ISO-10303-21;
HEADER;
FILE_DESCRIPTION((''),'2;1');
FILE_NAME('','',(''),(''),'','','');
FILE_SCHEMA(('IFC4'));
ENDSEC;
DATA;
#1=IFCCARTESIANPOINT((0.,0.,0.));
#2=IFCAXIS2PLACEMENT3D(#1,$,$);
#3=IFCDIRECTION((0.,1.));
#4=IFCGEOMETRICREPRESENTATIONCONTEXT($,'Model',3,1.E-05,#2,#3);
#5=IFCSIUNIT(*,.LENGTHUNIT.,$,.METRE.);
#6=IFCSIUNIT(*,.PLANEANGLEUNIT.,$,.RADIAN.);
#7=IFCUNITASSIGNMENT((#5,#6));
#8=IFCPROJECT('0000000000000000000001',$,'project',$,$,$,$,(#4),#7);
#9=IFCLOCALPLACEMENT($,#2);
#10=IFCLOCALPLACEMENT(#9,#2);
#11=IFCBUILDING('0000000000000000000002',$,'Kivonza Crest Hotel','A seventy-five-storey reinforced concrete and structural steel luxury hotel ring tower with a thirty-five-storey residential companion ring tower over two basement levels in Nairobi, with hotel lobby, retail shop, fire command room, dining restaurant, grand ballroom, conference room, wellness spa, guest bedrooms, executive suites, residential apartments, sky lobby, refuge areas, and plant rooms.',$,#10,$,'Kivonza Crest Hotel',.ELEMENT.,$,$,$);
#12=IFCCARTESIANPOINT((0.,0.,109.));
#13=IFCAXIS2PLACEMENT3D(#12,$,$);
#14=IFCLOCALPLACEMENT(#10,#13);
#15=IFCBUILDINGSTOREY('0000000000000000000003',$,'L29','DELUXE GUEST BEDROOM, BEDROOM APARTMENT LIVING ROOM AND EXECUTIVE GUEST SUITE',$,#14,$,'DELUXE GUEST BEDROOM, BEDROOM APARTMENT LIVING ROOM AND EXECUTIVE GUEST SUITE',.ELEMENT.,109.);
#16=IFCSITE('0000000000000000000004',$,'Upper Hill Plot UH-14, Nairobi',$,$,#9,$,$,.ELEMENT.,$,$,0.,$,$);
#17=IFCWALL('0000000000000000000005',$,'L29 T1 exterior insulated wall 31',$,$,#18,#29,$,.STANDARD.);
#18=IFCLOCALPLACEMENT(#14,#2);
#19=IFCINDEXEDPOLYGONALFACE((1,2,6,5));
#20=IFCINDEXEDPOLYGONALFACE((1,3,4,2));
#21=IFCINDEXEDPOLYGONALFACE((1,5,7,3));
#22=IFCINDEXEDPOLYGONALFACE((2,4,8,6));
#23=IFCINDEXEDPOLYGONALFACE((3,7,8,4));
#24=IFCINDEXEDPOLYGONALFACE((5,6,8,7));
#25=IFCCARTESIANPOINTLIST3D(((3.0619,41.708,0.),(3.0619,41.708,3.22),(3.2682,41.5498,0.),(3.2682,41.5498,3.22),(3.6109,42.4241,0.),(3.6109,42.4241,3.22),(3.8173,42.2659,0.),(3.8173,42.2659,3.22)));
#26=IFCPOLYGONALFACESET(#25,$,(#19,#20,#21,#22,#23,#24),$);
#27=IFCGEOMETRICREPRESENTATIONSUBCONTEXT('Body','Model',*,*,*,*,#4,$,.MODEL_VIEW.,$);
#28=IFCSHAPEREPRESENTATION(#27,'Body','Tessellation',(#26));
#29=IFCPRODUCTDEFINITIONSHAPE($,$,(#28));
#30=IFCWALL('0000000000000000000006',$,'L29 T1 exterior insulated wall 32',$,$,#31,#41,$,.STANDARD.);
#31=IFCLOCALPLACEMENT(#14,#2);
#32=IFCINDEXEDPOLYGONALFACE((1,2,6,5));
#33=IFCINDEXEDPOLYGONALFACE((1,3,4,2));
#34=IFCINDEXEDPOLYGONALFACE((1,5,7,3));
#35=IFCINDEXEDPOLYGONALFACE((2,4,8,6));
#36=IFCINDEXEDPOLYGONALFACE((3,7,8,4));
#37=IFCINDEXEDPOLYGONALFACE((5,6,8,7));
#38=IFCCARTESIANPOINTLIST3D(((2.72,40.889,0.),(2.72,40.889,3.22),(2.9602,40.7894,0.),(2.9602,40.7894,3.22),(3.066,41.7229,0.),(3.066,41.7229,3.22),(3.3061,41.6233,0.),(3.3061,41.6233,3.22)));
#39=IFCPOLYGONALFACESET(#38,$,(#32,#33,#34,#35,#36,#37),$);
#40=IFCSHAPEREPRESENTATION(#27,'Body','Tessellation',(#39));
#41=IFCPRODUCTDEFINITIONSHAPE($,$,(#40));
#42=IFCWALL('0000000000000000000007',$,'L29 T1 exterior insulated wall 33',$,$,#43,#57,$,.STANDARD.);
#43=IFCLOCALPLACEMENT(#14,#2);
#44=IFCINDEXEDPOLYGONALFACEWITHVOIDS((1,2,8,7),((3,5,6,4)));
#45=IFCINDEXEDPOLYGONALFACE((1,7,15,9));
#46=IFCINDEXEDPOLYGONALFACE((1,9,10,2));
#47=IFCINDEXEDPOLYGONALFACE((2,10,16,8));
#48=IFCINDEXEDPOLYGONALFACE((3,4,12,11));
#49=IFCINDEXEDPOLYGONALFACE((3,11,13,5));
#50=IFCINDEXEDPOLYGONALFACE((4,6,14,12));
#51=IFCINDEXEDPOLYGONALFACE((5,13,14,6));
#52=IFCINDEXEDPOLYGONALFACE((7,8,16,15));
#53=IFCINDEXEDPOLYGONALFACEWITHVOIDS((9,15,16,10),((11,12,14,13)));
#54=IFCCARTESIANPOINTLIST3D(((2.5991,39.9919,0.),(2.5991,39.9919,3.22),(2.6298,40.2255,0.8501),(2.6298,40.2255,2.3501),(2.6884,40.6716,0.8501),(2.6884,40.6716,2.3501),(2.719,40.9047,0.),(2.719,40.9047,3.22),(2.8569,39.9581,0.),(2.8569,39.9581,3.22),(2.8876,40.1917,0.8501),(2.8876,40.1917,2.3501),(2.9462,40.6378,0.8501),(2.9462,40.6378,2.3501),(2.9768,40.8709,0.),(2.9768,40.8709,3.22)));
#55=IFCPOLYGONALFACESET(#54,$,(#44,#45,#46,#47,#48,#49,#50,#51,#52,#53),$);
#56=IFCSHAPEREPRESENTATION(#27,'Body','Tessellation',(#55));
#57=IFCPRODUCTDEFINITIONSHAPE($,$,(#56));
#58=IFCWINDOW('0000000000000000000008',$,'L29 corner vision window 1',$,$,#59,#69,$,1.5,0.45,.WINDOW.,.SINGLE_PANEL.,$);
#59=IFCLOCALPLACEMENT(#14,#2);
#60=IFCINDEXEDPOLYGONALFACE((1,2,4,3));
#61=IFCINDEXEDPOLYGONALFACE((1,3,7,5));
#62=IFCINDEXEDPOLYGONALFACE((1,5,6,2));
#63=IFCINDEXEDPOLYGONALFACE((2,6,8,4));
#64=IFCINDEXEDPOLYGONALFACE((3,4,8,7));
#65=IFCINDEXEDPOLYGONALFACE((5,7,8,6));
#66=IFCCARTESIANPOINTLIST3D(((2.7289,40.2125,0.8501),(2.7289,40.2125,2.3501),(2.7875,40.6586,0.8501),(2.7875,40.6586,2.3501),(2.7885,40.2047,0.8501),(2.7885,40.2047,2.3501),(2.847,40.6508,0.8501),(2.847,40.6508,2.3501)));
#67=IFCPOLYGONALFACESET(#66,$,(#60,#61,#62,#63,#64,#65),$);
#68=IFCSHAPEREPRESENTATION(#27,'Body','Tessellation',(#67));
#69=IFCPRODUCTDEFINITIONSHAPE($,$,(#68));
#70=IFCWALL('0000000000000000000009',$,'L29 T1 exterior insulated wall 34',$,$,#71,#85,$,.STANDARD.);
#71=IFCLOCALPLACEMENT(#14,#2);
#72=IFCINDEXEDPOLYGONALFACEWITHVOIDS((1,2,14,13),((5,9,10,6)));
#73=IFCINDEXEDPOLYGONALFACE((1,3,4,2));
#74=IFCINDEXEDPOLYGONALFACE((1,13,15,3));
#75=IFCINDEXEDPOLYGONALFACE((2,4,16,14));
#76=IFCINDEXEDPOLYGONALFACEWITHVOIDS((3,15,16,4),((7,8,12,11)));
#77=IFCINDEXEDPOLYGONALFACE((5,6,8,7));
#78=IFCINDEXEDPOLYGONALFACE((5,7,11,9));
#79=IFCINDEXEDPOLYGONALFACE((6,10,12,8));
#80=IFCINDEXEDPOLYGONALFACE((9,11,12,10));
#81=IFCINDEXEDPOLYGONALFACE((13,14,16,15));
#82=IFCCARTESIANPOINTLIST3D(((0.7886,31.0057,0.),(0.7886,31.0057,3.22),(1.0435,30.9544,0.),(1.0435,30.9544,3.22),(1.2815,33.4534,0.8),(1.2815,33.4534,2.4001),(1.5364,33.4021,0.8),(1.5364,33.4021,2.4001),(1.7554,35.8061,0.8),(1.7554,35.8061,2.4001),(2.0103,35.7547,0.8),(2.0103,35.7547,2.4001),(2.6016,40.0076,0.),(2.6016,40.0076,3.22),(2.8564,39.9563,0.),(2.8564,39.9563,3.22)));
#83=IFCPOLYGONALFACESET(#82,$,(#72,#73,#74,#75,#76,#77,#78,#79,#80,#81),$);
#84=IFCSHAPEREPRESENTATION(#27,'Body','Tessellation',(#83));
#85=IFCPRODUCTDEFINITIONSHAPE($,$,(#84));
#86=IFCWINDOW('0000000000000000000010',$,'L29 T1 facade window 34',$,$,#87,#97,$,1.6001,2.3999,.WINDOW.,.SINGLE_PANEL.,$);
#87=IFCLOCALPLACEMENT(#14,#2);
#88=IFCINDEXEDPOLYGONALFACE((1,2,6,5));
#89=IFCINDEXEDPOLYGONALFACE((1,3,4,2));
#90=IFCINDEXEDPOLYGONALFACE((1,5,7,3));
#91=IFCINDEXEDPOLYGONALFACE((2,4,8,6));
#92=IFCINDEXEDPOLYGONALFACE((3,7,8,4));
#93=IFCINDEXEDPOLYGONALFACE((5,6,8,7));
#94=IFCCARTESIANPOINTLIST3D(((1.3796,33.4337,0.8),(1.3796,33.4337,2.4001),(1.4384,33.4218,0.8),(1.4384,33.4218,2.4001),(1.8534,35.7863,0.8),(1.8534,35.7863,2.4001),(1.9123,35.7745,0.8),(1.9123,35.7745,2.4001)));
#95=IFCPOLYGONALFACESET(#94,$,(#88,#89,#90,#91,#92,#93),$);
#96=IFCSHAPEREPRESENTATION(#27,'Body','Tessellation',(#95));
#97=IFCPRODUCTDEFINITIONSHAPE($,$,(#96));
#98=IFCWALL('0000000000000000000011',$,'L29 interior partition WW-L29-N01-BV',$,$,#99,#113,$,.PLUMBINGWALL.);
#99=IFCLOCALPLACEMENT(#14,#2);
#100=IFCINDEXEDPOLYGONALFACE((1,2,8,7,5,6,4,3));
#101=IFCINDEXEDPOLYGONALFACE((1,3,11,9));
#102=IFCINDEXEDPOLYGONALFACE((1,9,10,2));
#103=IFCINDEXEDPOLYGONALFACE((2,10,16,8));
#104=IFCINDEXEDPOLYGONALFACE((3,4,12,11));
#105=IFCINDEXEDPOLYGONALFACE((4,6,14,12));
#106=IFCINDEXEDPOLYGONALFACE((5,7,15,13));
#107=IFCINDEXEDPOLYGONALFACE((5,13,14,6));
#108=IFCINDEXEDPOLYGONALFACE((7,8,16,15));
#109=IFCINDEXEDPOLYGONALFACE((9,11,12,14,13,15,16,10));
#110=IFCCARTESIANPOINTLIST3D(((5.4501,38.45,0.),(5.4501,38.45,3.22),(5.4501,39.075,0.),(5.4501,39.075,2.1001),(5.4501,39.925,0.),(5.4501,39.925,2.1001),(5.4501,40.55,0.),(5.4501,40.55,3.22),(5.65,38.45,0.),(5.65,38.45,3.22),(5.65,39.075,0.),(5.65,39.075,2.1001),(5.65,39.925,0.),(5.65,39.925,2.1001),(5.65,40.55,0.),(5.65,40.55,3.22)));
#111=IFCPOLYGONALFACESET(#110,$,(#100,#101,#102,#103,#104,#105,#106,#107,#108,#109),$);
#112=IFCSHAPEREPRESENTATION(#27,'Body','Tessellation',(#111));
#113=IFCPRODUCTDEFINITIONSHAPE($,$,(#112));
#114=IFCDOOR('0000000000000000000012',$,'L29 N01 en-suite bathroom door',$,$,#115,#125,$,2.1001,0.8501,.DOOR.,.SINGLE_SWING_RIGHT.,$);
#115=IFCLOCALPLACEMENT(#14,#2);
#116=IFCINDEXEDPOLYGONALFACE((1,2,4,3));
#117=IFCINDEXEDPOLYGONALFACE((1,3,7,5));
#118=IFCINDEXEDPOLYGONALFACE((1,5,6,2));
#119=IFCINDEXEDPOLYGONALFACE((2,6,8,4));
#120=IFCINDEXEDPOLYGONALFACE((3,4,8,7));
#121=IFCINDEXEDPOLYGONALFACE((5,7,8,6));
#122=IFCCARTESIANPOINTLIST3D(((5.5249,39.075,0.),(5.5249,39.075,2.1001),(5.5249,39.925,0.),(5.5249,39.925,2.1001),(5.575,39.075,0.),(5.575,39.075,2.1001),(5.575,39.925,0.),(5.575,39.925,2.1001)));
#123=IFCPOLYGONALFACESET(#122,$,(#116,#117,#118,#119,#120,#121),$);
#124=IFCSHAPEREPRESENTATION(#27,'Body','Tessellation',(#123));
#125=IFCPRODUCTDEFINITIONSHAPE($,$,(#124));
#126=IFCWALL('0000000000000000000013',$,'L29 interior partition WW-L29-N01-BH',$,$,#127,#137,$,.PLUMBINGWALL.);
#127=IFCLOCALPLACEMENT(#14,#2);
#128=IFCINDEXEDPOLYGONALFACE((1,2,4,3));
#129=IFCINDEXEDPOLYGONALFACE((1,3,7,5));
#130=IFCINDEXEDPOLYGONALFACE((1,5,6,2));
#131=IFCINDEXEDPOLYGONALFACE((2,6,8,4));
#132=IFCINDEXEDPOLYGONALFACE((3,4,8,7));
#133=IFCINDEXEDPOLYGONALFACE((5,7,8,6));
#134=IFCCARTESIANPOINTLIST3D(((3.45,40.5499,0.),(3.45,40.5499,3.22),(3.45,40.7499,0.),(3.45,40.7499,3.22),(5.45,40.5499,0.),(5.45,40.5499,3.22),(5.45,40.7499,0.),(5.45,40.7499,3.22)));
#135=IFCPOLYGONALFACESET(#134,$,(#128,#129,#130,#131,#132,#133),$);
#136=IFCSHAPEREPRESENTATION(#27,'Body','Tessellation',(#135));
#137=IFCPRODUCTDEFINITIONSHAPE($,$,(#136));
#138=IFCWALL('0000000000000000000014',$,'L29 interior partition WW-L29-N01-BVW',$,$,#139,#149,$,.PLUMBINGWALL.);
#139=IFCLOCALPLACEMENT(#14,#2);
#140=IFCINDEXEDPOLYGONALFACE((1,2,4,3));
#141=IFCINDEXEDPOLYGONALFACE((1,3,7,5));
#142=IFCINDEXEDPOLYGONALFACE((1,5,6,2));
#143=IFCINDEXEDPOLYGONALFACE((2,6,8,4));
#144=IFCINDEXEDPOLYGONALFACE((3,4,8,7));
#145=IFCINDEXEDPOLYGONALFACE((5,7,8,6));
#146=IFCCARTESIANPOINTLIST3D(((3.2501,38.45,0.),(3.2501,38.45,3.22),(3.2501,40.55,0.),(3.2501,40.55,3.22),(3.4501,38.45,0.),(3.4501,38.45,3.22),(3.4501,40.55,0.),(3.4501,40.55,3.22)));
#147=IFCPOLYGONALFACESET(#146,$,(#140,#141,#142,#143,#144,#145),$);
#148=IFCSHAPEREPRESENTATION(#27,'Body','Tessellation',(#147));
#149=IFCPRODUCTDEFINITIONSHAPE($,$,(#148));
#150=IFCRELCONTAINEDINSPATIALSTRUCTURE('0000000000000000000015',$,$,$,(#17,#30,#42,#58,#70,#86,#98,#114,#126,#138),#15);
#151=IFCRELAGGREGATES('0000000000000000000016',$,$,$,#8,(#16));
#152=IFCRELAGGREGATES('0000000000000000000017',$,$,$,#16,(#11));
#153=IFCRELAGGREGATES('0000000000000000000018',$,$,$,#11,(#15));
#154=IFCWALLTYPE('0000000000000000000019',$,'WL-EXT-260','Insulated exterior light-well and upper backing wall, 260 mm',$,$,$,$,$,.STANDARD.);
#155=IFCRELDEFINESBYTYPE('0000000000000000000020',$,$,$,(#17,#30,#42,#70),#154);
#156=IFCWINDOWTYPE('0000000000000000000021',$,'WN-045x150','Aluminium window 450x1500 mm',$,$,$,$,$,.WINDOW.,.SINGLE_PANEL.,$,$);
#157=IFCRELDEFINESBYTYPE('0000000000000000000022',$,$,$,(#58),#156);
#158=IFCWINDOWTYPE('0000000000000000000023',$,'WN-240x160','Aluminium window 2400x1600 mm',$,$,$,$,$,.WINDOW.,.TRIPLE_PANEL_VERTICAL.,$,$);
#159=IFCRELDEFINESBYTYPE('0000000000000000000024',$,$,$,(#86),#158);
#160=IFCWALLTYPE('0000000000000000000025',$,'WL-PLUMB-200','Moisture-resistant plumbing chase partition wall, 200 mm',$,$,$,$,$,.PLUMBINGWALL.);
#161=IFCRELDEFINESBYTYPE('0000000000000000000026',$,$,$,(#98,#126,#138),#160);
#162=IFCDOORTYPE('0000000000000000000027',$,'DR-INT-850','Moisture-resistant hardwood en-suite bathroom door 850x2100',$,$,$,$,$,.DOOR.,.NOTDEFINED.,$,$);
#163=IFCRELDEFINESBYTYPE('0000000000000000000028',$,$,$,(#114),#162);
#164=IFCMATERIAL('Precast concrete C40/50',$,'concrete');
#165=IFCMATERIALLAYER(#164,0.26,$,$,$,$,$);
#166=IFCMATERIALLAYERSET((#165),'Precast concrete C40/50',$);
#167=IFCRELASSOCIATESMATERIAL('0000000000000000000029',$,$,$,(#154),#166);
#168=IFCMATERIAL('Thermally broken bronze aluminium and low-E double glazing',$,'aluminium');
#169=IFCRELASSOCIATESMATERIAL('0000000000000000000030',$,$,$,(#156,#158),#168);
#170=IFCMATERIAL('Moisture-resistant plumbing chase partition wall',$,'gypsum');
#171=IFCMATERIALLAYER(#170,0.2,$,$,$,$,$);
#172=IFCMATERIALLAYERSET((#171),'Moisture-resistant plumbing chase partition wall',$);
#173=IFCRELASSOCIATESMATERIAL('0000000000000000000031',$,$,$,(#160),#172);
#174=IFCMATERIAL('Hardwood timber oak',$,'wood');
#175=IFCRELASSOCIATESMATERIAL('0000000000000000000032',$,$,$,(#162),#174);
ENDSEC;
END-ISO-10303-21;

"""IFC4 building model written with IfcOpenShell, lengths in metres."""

from ifc_helpers import new_model, si_unit, direction, frame, frame_2d, origin, place, context, subcontext, project, spatial, rectangle, extrude, material, layer, layer_set, type_object, element, fill, save


model = new_model("IFC4")

# Units and contexts
model_context = context("Model", 3, precision=1e-05, world=origin(), true_north=direction((0.0, 1.0)))
body_context = subcontext(model_context, "Body", "Model", "MODEL_VIEW")
ifc_project = project(units=[si_unit("LENGTHUNIT", "METRE"), si_unit("PLANEANGLEUNIT", "RADIAN")], contexts=[model_context])

# Site, building, storey
site_placement = place(None, origin())
site = spatial("IfcSite", under=ifc_project, at=site_placement, Name="Upper Hill Plot UH-14, Nairobi", CompositionType="ELEMENT", RefElevation=0.0)
building_placement = place(site_placement, origin())
building = spatial("IfcBuilding", under=site, at=building_placement, Name="Kivonza Crest Hotel", Description="A seventy-five-storey reinforced concrete and structural steel luxury hotel ring tower with a thirty-five-storey residential companion ring tower over two basement levels in Nairobi, with hotel lobby, retail shop, fire command room, dining restaurant, grand ballroom, conference room, wellness spa, guest bedrooms, executive suites, residential apartments, sky lobby, refuge areas, and plant rooms.", LongName="Kivonza Crest Hotel", CompositionType="ELEMENT")
storey_placement = place(building_placement, frame((0.0, 0.0, 109.0)))
storey = spatial("IfcBuildingStorey", under=building, at=storey_placement, Name="L29", Description="DELUXE GUEST BEDROOM, BEDROOM APARTMENT LIVING ROOM AND EXECUTIVE GUEST SUITE", LongName="DELUXE GUEST BEDROOM, BEDROOM APARTMENT LIVING ROOM AND EXECUTIVE GUEST SUITE", CompositionType="ELEMENT", Elevation=109.0)

# Shared definitions
ifc_material_1 = material(Name="Hardwood timber oak", Category="wood")

# Walls
ifc_material_2 = material(Name="Precast concrete C40/50", Category="concrete")
ifc_layer_1 = layer(ifc_material_2, 0.26)
ifc_layer_set_1 = layer_set([ifc_layer_1], Name="Precast concrete C40/50")
wall_type_1 = type_object("IfcWallType", Name="WL-EXT-260", Description="Insulated exterior light-well and upper backing wall, 260 mm", PredefinedType="STANDARD", material=ifc_layer_set_1)
wall_1_placement = place(storey_placement, frame((3.7141, 42.345, 0.0), z_axis=(0.0, 0.0, 1.0), x_axis=(-0.608494, -0.793558, 0.0)))
element("IfcWall", 1, at=wall_1_placement, inside=storey, type_object=wall_type_1, Name="L29 T1 exterior insulated wall 31", PredefinedType="STANDARD", context=body_context, shape_type="SweptSolid", body=[
    extrude(rectangle(XDim=0.9023, YDim=0.26, at=frame_2d((0.4512, 0.0))), origin(), (0.0, 0.0, 1.0), 3.22),
])
wall_2_placement = place(storey_placement, frame((3.186, 41.6731, 0.0), z_axis=(0.0, 0.0, 1.0), x_axis=(-0.383156, -0.923684, 0.0)))
element("IfcWall", 2, at=wall_2_placement, inside=storey, type_object=wall_type_1, Name="L29 T1 exterior insulated wall 32", PredefinedType="STANDARD", context=body_context, shape_type="SweptSolid", body=[
    extrude(rectangle(XDim=0.9028, YDim=0.26, at=frame_2d((0.4514, 0.0))), origin(), (0.0, 0.0, 1.0), 3.22),
])

# Walls, openings, windows
wall_3_placement = place(storey_placement, frame((2.8479, 40.8879, 0.0), z_axis=(0.0, 0.0, 1.0), x_axis=(-0.130201, -0.991488, 0.0)))
wall_3 = element("IfcWall", 3, at=wall_3_placement, inside=storey, type_object=wall_type_1, Name="L29 T1 exterior insulated wall 33", PredefinedType="STANDARD", context=body_context, shape_type="SweptSolid", body=[
    extrude(rectangle(XDim=0.9207, YDim=0.26, at=frame_2d((0.4604, 0.0))), origin(), (0.0, 0.0, 1.0), 3.22),
])
opening_1_placement = place(wall_3_placement, frame((0.2351, 0.0, 0.8501)))
opening_1 = element("IfcOpeningElement", 4, at=opening_1_placement, cuts=wall_3, PredefinedType="OPENING", context=body_context, shape_type="SweptSolid", body=[
    extrude(rectangle(XDim=0.45, YDim=1.5, at=frame_2d((0.2251, 0.75))), frame((0.0, 0.1401, 0.0), z_axis=(0.0, -1.0, 0.0), x_axis=(1.0, 0.0, 0.0)), (0.0, 0.0, 1.0), 0.28),
])
ifc_material_3 = material(Name="Thermally broken bronze aluminium and low-E double glazing", Category="aluminium")
window_type_1 = type_object("IfcWindowType", Name="WN-045x150", Description="Aluminium window 450x1500 mm", PartitioningType="SINGLE_PANEL", PredefinedType="WINDOW", material=ifc_material_3)
window_1_placement = place(opening_1_placement, origin())
window_1 = element("IfcWindow", 5, at=window_1_placement, inside=storey, type_object=window_type_1, Name="L29 corner vision window 1", OverallHeight=1.5, OverallWidth=0.45, PartitioningType="SINGLE_PANEL", PredefinedType="WINDOW", context=body_context, shape_type="SweptSolid", body=[
    extrude(rectangle(XDim=0.45, YDim=1.5, at=frame_2d((0.2251, 0.75))), frame((0.0, 0.03, 0.0), z_axis=(0.0, -1.0, 0.0), x_axis=(1.0, 0.0, 0.0)), (0.0, 0.0, 1.0), 0.0601),
])
fill(opening_1, window_1)
wall_4_placement = place(storey_placement, frame((2.729, 39.9819, 0.0), z_axis=(0.0, 0.0, 1.0), x_axis=(-0.197435, -0.980316, 0.0)))
wall_4 = element("IfcWall", 6, at=wall_4_placement, inside=storey, type_object=wall_type_1, Name="L29 T1 exterior insulated wall 34", PredefinedType="STANDARD", context=body_context, shape_type="SweptSolid", body=[
    extrude(rectangle(XDim=9.1826, YDim=0.26, at=frame_2d((4.5913, 0.0))), origin(), (0.0, 0.0, 1.0), 3.22),
])
opening_2_placement = place(wall_4_placement, frame((4.2859, 0.0, 0.8)))
opening_2 = element("IfcOpeningElement", 7, at=opening_2_placement, cuts=wall_4, PredefinedType="OPENING", context=body_context, shape_type="SweptSolid", body=[
    extrude(rectangle(XDim=2.3999, YDim=1.6001, at=frame_2d((1.2, 0.8))), frame((0.0, 0.1401, 0.0), z_axis=(0.0, -1.0, 0.0), x_axis=(1.0, 0.0, 0.0)), (0.0, 0.0, 1.0), 0.28),
])
window_type_2 = type_object("IfcWindowType", Name="WN-240x160", Description="Aluminium window 2400x1600 mm", PartitioningType="TRIPLE_PANEL_VERTICAL", PredefinedType="WINDOW", material=ifc_material_3)
window_2_placement = place(opening_2_placement, origin())
window_2 = element("IfcWindow", 8, at=window_2_placement, inside=storey, type_object=window_type_2, Name="L29 T1 facade window 34", OverallHeight=1.6001, OverallWidth=2.3999, PartitioningType="SINGLE_PANEL", PredefinedType="WINDOW", context=body_context, shape_type="SweptSolid", body=[
    extrude(rectangle(XDim=2.3999, YDim=1.6001, at=frame_2d((1.2, 0.8))), frame((0.0, 0.03, 0.0), z_axis=(0.0, -1.0, 0.0), x_axis=(1.0, 0.0, 0.0)), (0.0, 0.0, 1.0), 0.0601),
])
fill(opening_2, window_2)

# Wall, opening, door
ifc_material_4 = material(Name="Moisture-resistant plumbing chase partition wall", Category="gypsum")
ifc_layer_2 = layer(ifc_material_4, 0.2)
ifc_layer_set_2 = layer_set([ifc_layer_2], Name="Moisture-resistant plumbing chase partition wall")
wall_type_2 = type_object("IfcWallType", Name="WL-PLUMB-200", Description="Moisture-resistant plumbing chase partition wall, 200 mm", PredefinedType="PLUMBINGWALL", material=ifc_layer_set_2)
wall_5_placement = place(storey_placement, frame((5.55, 38.45, 0.0), z_axis=(0.0, 0.0, 1.0), x_axis=(0.0, 1.0, 0.0)))
wall_5 = element("IfcWall", 9, at=wall_5_placement, inside=storey, type_object=wall_type_2, Name="L29 interior partition WW-L29-N01-BV", PredefinedType="PLUMBINGWALL", context=body_context, shape_type="SweptSolid", body=[
    extrude(rectangle(XDim=2.1001, YDim=0.2, at=frame_2d((1.05, 0.0))), origin(), (0.0, 0.0, 1.0), 3.22),
])
opening_3_placement = place(wall_5_placement, frame((0.625, 0.0, 0.0)))
opening_3 = element("IfcOpeningElement", 10, at=opening_3_placement, cuts=wall_5, PredefinedType="OPENING", context=body_context, shape_type="SweptSolid", body=[
    extrude(rectangle(XDim=0.8501, YDim=2.1001, at=frame_2d((0.425, 1.05))), frame((0.0, 0.1099, 0.0), z_axis=(0.0, -1.0, 0.0), x_axis=(1.0, 0.0, 0.0)), (0.0, 0.0, 1.0), 0.22),
])
door_type_1 = type_object("IfcDoorType", Name="DR-INT-850", Description="Moisture-resistant hardwood en-suite bathroom door 850x2100", OperationType="NOTDEFINED", PredefinedType="DOOR", material=ifc_material_1)
door_1_placement = place(opening_3_placement, frame((0.8501, 0.0, 0.0), z_axis=(0.0, 0.0, 1.0), x_axis=(-1.0, 0.0, 0.0)))
door_1 = element("IfcDoor", 11, at=door_1_placement, inside=storey, type_object=door_type_1, Name="L29 N01 en-suite bathroom door", OperationType="SINGLE_SWING_RIGHT", OverallHeight=2.1001, OverallWidth=0.8501, PredefinedType="DOOR", context=body_context, shape_type="SweptSolid", body=[
    extrude(rectangle(XDim=0.8501, YDim=2.1001, at=frame_2d((0.425, 1.05))), frame((0.0, 0.0249, 0.0), z_axis=(0.0, -1.0, 0.0), x_axis=(1.0, 0.0, 0.0)), (0.0, 0.0, 1.0), 0.05),
])
fill(opening_3, door_1)

# Walls
wall_6_placement = place(storey_placement, frame((3.45, 40.6499, 0.0), z_axis=(0.0, 0.0, 1.0), x_axis=(1.0, 0.0, 0.0)))
element("IfcWall", 12, at=wall_6_placement, inside=storey, type_object=wall_type_2, Name="L29 interior partition WW-L29-N01-BH", PredefinedType="PLUMBINGWALL", context=body_context, shape_type="SweptSolid", body=[
    extrude(rectangle(XDim=2.0, YDim=0.2, at=frame_2d((1.0, 0.0))), origin(), (0.0, 0.0, 1.0), 3.22),
])
wall_7_placement = place(storey_placement, frame((3.3501, 38.45, 0.0), z_axis=(0.0, 0.0, 1.0), x_axis=(0.0, 1.0, 0.0)))
element("IfcWall", 13, at=wall_7_placement, inside=storey, type_object=wall_type_2, Name="L29 interior partition WW-L29-N01-BVW", PredefinedType="PLUMBINGWALL", context=body_context, shape_type="SweptSolid", body=[
    extrude(rectangle(XDim=2.1001, YDim=0.2, at=frame_2d((1.05, 0.0))), origin(), (0.0, 0.0, 1.0), 3.22),
])

save(model, "model.ifc")
